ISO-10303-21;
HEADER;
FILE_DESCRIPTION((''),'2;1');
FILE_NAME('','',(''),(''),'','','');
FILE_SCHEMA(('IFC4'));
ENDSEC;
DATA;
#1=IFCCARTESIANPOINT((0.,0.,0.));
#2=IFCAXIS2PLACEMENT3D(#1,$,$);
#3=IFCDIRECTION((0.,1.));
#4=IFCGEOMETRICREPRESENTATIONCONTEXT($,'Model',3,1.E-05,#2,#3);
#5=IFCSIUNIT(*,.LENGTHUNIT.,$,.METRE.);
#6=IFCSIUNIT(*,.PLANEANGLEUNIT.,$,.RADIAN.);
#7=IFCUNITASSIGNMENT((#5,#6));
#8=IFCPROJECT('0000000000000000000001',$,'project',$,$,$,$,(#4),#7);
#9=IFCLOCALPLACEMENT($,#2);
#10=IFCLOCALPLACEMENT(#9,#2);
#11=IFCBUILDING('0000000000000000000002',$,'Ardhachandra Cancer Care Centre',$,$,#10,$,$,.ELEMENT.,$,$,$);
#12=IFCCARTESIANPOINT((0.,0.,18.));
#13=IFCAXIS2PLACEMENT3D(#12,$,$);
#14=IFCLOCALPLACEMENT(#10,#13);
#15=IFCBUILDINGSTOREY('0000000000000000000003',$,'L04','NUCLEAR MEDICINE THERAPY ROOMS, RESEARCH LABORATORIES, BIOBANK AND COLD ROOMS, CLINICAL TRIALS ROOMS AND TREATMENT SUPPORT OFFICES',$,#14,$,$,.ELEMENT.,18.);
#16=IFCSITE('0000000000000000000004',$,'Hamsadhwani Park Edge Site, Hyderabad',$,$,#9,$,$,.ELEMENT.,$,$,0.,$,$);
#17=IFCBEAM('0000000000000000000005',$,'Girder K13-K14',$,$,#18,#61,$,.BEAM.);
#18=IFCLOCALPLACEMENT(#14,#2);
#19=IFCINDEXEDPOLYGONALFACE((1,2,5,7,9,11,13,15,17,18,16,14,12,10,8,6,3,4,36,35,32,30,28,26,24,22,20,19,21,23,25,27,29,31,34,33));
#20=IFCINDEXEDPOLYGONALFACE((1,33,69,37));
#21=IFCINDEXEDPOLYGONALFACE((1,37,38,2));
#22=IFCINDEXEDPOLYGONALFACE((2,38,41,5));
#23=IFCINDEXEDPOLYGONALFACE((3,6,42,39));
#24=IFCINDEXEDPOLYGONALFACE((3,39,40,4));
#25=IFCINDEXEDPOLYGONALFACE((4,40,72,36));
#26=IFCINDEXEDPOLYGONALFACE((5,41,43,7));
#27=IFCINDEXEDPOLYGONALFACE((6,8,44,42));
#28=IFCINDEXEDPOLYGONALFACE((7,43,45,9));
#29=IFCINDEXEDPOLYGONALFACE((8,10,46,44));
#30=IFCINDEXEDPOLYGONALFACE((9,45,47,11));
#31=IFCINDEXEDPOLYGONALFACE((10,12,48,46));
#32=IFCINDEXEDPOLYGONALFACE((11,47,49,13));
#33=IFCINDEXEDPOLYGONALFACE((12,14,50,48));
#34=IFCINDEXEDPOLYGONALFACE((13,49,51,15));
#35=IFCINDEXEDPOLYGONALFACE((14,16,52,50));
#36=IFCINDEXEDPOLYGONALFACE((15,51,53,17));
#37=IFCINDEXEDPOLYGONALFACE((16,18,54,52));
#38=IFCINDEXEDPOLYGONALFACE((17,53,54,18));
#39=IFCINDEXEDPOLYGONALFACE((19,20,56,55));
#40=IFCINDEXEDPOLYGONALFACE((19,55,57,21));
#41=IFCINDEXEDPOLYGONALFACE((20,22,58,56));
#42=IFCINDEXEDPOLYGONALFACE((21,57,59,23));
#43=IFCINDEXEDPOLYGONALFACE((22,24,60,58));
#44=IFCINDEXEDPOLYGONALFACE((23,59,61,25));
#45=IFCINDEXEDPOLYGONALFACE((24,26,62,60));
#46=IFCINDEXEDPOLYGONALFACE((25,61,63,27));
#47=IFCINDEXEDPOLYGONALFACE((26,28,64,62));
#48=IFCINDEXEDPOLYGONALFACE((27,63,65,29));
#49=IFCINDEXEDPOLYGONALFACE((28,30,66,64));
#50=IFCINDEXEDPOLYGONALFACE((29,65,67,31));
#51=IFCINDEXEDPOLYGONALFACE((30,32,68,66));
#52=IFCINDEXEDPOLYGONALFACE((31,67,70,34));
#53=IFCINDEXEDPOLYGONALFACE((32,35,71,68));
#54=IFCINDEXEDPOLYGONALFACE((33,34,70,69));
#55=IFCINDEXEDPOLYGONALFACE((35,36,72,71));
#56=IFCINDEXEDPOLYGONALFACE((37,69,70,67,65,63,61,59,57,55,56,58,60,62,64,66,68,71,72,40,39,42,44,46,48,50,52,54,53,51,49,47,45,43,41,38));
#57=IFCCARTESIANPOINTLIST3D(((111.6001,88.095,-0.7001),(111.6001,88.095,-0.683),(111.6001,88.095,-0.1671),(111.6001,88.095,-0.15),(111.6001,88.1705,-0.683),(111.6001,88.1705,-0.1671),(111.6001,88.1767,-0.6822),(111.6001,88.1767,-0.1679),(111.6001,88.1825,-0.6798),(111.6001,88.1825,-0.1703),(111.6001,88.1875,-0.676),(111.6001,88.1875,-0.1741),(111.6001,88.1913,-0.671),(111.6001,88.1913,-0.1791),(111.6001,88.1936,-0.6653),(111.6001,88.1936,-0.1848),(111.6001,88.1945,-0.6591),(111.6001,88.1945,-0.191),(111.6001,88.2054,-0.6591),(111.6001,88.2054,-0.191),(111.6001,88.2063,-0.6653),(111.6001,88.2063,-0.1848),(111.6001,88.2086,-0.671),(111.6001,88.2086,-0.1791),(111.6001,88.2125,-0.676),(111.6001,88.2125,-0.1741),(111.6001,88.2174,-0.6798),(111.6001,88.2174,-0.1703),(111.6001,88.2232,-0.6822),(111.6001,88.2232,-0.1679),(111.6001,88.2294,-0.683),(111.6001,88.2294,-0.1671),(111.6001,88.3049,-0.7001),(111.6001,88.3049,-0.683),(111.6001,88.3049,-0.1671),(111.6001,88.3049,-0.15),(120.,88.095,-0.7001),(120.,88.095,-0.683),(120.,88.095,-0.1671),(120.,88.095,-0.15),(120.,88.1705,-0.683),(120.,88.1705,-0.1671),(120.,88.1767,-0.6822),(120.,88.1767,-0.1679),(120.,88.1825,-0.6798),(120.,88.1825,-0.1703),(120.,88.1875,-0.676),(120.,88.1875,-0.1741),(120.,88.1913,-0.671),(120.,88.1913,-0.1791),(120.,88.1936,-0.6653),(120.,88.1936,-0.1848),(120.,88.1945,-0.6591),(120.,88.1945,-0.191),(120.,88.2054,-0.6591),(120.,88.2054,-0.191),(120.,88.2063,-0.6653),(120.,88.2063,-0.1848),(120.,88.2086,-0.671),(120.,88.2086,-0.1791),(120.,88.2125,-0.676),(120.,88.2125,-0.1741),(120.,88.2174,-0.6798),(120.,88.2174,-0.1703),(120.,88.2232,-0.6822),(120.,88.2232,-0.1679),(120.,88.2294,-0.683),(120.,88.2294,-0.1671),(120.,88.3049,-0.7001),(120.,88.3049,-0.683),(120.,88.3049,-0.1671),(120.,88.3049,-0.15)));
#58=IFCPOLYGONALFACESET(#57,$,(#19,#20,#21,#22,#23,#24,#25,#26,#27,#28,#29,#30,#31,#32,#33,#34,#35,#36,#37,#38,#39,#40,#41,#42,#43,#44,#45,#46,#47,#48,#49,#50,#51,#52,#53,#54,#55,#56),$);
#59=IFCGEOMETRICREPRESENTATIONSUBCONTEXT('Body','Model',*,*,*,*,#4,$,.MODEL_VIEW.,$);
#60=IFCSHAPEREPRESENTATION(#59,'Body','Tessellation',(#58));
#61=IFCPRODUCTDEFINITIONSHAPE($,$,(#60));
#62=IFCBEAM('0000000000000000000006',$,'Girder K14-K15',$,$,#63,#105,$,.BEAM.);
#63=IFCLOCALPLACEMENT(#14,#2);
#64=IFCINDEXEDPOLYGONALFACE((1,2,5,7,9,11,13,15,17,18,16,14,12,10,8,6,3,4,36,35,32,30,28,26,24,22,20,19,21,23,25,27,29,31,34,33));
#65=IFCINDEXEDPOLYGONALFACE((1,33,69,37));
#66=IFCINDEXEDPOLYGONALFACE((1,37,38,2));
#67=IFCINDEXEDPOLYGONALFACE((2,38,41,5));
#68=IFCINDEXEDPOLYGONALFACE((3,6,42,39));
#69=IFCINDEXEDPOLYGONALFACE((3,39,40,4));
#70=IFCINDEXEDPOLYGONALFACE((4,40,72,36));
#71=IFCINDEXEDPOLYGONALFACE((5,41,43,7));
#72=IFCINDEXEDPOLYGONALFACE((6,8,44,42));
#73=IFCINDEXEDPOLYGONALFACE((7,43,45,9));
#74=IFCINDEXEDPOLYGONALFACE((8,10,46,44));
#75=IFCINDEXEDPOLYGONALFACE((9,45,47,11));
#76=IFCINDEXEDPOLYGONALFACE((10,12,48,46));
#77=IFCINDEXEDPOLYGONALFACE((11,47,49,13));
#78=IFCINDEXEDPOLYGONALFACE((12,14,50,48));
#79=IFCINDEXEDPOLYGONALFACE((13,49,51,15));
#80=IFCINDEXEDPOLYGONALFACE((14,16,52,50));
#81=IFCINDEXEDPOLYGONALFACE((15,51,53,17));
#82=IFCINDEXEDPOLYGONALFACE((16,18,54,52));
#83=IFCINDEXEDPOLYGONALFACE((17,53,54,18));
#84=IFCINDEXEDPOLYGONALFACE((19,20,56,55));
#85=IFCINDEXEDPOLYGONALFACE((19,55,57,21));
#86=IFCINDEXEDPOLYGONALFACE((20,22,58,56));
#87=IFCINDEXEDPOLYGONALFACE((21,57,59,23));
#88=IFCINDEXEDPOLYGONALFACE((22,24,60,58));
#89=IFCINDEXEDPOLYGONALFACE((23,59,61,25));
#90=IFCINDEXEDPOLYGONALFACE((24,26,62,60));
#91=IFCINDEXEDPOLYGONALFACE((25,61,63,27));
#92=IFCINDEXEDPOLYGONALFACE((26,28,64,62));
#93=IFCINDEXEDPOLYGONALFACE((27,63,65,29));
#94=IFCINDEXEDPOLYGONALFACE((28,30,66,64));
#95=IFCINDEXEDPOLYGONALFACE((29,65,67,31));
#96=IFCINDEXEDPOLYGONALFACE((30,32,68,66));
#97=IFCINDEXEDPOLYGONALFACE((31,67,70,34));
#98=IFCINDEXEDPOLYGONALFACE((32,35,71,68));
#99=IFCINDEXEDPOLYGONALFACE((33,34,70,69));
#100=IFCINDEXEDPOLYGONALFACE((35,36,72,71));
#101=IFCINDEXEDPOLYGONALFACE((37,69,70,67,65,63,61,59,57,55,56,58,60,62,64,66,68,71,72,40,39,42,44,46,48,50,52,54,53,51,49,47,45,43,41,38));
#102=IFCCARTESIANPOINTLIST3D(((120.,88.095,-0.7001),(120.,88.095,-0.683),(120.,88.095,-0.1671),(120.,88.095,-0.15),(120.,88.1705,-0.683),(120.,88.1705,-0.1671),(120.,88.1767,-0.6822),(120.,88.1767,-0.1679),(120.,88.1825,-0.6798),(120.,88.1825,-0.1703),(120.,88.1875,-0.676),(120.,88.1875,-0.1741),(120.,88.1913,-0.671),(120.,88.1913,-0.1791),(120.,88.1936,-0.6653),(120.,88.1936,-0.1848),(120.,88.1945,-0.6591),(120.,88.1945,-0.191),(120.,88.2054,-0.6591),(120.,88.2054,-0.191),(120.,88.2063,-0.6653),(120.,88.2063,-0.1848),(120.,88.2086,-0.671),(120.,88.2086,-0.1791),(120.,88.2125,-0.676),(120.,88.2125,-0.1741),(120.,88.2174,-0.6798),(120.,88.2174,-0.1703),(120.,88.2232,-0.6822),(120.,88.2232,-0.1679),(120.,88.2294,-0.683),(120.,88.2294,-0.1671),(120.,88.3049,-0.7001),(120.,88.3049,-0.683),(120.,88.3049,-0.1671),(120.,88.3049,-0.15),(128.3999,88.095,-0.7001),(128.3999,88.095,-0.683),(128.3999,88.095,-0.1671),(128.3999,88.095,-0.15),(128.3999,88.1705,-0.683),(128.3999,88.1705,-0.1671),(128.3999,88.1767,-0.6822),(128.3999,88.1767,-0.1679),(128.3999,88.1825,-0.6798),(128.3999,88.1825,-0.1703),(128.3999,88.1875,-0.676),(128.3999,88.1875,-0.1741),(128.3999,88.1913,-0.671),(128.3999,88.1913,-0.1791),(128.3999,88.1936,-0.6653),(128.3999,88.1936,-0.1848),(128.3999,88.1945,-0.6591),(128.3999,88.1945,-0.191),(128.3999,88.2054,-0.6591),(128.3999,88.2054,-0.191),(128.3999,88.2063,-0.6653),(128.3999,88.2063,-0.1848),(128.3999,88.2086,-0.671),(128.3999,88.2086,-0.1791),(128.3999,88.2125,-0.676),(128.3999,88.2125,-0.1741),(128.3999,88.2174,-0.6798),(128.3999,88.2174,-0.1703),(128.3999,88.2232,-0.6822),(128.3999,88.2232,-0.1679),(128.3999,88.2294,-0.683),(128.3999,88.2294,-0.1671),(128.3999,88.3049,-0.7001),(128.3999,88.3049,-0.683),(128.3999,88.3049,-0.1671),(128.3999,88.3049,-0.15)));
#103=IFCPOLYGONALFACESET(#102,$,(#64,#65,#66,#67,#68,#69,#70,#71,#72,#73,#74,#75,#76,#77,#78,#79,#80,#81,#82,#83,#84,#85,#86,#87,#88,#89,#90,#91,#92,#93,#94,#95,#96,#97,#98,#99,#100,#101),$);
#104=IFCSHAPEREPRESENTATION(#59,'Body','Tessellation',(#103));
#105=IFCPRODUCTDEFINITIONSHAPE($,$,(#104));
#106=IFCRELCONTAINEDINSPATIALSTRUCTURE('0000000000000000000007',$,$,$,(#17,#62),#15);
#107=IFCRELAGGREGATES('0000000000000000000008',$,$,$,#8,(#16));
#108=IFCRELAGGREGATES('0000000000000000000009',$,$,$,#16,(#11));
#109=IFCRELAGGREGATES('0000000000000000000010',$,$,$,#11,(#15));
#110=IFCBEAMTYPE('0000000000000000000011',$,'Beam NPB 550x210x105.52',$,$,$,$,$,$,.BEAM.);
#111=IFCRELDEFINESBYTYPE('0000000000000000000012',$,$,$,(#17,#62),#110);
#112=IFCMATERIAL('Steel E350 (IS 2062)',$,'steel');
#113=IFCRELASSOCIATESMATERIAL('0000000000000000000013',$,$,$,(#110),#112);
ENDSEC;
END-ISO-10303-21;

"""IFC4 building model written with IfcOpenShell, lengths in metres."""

from ifc_helpers import new_model, si_unit, direction, frame, origin, origin_2d, place, context, subcontext, project, spatial, i_section, extrude, material, material_profile, profile_set, type_object, element, save


model = new_model("IFC4")

# Units and contexts
model_context = context("Model", 3, precision=1e-05, world=origin(), true_north=direction((0.0, 1.0)))
body_context = subcontext(model_context, "Body", "Model", "MODEL_VIEW")
ifc_project = project(units=[si_unit("LENGTHUNIT", "METRE"), si_unit("PLANEANGLEUNIT", "RADIAN")], contexts=[model_context])

# Site, building, storey
site_placement = place(None, origin())
site = spatial("IfcSite", under=ifc_project, at=site_placement, Name="Hamsadhwani Park Edge Site, Hyderabad", CompositionType="ELEMENT", RefElevation=0.0)
building_placement = place(site_placement, origin())
building = spatial("IfcBuilding", under=site, at=building_placement, Name="Ardhachandra Cancer Care Centre", CompositionType="ELEMENT")
storey_placement = place(building_placement, frame((0.0, 0.0, 18.0)))
storey = spatial("IfcBuildingStorey", under=building, at=storey_placement, Name="L04", Description="NUCLEAR MEDICINE THERAPY ROOMS, RESEARCH LABORATORIES, BIOBANK AND COLD ROOMS, CLINICAL TRIALS ROOMS AND TREATMENT SUPPORT OFFICES", CompositionType="ELEMENT", Elevation=18.0)

# Beams
ifc_material_1 = material(Name="Steel E350 (IS 2062)", Category="steel")
ifc_material_profile_1 = material_profile(ifc_material_1, i_section(OverallWidth=0.21, OverallDepth=0.55, WebThickness=0.011, FlangeThickness=0.0171, FilletRadius=0.0239, at=origin_2d()), Name="NPB 550x210x105.52")
ifc_profile_set_1 = profile_set([ifc_material_profile_1], Name="Steel E350 (IS 2062)")
beam_type_1 = type_object("IfcBeamType", Name="Beam NPB 550x210x105.52", PredefinedType="BEAM", material=ifc_profile_set_1)
for number, where, z_axis, x_axis, name in (
    (1, (111.6001, 88.2, -0.425), (1.0, 0.0, 0.0), (0.0, 1.0, 0.0), "Girder K13-K14"),
    (2, (120.0, 88.2, -0.425), (1.0, 0.0, 0.0), (0.0, 1.0, 0.0), "Girder K14-K15"),
):
    element("IfcBeam", number, at=place(storey_placement, frame(where, z_axis=z_axis, x_axis=x_axis)), inside=storey, type_object=beam_type_1, Name=name, PredefinedType="BEAM", context=body_context, shape_type="SweptSolid", body=[
        extrude(i_section(OverallWidth=0.21, OverallDepth=0.55, WebThickness=0.011, FlangeThickness=0.0171, FilletRadius=0.0239, at=origin_2d()), origin(), (0.0, 0.0, 1.0), 8.3999),
    ])

save(model, "model.ifc")
